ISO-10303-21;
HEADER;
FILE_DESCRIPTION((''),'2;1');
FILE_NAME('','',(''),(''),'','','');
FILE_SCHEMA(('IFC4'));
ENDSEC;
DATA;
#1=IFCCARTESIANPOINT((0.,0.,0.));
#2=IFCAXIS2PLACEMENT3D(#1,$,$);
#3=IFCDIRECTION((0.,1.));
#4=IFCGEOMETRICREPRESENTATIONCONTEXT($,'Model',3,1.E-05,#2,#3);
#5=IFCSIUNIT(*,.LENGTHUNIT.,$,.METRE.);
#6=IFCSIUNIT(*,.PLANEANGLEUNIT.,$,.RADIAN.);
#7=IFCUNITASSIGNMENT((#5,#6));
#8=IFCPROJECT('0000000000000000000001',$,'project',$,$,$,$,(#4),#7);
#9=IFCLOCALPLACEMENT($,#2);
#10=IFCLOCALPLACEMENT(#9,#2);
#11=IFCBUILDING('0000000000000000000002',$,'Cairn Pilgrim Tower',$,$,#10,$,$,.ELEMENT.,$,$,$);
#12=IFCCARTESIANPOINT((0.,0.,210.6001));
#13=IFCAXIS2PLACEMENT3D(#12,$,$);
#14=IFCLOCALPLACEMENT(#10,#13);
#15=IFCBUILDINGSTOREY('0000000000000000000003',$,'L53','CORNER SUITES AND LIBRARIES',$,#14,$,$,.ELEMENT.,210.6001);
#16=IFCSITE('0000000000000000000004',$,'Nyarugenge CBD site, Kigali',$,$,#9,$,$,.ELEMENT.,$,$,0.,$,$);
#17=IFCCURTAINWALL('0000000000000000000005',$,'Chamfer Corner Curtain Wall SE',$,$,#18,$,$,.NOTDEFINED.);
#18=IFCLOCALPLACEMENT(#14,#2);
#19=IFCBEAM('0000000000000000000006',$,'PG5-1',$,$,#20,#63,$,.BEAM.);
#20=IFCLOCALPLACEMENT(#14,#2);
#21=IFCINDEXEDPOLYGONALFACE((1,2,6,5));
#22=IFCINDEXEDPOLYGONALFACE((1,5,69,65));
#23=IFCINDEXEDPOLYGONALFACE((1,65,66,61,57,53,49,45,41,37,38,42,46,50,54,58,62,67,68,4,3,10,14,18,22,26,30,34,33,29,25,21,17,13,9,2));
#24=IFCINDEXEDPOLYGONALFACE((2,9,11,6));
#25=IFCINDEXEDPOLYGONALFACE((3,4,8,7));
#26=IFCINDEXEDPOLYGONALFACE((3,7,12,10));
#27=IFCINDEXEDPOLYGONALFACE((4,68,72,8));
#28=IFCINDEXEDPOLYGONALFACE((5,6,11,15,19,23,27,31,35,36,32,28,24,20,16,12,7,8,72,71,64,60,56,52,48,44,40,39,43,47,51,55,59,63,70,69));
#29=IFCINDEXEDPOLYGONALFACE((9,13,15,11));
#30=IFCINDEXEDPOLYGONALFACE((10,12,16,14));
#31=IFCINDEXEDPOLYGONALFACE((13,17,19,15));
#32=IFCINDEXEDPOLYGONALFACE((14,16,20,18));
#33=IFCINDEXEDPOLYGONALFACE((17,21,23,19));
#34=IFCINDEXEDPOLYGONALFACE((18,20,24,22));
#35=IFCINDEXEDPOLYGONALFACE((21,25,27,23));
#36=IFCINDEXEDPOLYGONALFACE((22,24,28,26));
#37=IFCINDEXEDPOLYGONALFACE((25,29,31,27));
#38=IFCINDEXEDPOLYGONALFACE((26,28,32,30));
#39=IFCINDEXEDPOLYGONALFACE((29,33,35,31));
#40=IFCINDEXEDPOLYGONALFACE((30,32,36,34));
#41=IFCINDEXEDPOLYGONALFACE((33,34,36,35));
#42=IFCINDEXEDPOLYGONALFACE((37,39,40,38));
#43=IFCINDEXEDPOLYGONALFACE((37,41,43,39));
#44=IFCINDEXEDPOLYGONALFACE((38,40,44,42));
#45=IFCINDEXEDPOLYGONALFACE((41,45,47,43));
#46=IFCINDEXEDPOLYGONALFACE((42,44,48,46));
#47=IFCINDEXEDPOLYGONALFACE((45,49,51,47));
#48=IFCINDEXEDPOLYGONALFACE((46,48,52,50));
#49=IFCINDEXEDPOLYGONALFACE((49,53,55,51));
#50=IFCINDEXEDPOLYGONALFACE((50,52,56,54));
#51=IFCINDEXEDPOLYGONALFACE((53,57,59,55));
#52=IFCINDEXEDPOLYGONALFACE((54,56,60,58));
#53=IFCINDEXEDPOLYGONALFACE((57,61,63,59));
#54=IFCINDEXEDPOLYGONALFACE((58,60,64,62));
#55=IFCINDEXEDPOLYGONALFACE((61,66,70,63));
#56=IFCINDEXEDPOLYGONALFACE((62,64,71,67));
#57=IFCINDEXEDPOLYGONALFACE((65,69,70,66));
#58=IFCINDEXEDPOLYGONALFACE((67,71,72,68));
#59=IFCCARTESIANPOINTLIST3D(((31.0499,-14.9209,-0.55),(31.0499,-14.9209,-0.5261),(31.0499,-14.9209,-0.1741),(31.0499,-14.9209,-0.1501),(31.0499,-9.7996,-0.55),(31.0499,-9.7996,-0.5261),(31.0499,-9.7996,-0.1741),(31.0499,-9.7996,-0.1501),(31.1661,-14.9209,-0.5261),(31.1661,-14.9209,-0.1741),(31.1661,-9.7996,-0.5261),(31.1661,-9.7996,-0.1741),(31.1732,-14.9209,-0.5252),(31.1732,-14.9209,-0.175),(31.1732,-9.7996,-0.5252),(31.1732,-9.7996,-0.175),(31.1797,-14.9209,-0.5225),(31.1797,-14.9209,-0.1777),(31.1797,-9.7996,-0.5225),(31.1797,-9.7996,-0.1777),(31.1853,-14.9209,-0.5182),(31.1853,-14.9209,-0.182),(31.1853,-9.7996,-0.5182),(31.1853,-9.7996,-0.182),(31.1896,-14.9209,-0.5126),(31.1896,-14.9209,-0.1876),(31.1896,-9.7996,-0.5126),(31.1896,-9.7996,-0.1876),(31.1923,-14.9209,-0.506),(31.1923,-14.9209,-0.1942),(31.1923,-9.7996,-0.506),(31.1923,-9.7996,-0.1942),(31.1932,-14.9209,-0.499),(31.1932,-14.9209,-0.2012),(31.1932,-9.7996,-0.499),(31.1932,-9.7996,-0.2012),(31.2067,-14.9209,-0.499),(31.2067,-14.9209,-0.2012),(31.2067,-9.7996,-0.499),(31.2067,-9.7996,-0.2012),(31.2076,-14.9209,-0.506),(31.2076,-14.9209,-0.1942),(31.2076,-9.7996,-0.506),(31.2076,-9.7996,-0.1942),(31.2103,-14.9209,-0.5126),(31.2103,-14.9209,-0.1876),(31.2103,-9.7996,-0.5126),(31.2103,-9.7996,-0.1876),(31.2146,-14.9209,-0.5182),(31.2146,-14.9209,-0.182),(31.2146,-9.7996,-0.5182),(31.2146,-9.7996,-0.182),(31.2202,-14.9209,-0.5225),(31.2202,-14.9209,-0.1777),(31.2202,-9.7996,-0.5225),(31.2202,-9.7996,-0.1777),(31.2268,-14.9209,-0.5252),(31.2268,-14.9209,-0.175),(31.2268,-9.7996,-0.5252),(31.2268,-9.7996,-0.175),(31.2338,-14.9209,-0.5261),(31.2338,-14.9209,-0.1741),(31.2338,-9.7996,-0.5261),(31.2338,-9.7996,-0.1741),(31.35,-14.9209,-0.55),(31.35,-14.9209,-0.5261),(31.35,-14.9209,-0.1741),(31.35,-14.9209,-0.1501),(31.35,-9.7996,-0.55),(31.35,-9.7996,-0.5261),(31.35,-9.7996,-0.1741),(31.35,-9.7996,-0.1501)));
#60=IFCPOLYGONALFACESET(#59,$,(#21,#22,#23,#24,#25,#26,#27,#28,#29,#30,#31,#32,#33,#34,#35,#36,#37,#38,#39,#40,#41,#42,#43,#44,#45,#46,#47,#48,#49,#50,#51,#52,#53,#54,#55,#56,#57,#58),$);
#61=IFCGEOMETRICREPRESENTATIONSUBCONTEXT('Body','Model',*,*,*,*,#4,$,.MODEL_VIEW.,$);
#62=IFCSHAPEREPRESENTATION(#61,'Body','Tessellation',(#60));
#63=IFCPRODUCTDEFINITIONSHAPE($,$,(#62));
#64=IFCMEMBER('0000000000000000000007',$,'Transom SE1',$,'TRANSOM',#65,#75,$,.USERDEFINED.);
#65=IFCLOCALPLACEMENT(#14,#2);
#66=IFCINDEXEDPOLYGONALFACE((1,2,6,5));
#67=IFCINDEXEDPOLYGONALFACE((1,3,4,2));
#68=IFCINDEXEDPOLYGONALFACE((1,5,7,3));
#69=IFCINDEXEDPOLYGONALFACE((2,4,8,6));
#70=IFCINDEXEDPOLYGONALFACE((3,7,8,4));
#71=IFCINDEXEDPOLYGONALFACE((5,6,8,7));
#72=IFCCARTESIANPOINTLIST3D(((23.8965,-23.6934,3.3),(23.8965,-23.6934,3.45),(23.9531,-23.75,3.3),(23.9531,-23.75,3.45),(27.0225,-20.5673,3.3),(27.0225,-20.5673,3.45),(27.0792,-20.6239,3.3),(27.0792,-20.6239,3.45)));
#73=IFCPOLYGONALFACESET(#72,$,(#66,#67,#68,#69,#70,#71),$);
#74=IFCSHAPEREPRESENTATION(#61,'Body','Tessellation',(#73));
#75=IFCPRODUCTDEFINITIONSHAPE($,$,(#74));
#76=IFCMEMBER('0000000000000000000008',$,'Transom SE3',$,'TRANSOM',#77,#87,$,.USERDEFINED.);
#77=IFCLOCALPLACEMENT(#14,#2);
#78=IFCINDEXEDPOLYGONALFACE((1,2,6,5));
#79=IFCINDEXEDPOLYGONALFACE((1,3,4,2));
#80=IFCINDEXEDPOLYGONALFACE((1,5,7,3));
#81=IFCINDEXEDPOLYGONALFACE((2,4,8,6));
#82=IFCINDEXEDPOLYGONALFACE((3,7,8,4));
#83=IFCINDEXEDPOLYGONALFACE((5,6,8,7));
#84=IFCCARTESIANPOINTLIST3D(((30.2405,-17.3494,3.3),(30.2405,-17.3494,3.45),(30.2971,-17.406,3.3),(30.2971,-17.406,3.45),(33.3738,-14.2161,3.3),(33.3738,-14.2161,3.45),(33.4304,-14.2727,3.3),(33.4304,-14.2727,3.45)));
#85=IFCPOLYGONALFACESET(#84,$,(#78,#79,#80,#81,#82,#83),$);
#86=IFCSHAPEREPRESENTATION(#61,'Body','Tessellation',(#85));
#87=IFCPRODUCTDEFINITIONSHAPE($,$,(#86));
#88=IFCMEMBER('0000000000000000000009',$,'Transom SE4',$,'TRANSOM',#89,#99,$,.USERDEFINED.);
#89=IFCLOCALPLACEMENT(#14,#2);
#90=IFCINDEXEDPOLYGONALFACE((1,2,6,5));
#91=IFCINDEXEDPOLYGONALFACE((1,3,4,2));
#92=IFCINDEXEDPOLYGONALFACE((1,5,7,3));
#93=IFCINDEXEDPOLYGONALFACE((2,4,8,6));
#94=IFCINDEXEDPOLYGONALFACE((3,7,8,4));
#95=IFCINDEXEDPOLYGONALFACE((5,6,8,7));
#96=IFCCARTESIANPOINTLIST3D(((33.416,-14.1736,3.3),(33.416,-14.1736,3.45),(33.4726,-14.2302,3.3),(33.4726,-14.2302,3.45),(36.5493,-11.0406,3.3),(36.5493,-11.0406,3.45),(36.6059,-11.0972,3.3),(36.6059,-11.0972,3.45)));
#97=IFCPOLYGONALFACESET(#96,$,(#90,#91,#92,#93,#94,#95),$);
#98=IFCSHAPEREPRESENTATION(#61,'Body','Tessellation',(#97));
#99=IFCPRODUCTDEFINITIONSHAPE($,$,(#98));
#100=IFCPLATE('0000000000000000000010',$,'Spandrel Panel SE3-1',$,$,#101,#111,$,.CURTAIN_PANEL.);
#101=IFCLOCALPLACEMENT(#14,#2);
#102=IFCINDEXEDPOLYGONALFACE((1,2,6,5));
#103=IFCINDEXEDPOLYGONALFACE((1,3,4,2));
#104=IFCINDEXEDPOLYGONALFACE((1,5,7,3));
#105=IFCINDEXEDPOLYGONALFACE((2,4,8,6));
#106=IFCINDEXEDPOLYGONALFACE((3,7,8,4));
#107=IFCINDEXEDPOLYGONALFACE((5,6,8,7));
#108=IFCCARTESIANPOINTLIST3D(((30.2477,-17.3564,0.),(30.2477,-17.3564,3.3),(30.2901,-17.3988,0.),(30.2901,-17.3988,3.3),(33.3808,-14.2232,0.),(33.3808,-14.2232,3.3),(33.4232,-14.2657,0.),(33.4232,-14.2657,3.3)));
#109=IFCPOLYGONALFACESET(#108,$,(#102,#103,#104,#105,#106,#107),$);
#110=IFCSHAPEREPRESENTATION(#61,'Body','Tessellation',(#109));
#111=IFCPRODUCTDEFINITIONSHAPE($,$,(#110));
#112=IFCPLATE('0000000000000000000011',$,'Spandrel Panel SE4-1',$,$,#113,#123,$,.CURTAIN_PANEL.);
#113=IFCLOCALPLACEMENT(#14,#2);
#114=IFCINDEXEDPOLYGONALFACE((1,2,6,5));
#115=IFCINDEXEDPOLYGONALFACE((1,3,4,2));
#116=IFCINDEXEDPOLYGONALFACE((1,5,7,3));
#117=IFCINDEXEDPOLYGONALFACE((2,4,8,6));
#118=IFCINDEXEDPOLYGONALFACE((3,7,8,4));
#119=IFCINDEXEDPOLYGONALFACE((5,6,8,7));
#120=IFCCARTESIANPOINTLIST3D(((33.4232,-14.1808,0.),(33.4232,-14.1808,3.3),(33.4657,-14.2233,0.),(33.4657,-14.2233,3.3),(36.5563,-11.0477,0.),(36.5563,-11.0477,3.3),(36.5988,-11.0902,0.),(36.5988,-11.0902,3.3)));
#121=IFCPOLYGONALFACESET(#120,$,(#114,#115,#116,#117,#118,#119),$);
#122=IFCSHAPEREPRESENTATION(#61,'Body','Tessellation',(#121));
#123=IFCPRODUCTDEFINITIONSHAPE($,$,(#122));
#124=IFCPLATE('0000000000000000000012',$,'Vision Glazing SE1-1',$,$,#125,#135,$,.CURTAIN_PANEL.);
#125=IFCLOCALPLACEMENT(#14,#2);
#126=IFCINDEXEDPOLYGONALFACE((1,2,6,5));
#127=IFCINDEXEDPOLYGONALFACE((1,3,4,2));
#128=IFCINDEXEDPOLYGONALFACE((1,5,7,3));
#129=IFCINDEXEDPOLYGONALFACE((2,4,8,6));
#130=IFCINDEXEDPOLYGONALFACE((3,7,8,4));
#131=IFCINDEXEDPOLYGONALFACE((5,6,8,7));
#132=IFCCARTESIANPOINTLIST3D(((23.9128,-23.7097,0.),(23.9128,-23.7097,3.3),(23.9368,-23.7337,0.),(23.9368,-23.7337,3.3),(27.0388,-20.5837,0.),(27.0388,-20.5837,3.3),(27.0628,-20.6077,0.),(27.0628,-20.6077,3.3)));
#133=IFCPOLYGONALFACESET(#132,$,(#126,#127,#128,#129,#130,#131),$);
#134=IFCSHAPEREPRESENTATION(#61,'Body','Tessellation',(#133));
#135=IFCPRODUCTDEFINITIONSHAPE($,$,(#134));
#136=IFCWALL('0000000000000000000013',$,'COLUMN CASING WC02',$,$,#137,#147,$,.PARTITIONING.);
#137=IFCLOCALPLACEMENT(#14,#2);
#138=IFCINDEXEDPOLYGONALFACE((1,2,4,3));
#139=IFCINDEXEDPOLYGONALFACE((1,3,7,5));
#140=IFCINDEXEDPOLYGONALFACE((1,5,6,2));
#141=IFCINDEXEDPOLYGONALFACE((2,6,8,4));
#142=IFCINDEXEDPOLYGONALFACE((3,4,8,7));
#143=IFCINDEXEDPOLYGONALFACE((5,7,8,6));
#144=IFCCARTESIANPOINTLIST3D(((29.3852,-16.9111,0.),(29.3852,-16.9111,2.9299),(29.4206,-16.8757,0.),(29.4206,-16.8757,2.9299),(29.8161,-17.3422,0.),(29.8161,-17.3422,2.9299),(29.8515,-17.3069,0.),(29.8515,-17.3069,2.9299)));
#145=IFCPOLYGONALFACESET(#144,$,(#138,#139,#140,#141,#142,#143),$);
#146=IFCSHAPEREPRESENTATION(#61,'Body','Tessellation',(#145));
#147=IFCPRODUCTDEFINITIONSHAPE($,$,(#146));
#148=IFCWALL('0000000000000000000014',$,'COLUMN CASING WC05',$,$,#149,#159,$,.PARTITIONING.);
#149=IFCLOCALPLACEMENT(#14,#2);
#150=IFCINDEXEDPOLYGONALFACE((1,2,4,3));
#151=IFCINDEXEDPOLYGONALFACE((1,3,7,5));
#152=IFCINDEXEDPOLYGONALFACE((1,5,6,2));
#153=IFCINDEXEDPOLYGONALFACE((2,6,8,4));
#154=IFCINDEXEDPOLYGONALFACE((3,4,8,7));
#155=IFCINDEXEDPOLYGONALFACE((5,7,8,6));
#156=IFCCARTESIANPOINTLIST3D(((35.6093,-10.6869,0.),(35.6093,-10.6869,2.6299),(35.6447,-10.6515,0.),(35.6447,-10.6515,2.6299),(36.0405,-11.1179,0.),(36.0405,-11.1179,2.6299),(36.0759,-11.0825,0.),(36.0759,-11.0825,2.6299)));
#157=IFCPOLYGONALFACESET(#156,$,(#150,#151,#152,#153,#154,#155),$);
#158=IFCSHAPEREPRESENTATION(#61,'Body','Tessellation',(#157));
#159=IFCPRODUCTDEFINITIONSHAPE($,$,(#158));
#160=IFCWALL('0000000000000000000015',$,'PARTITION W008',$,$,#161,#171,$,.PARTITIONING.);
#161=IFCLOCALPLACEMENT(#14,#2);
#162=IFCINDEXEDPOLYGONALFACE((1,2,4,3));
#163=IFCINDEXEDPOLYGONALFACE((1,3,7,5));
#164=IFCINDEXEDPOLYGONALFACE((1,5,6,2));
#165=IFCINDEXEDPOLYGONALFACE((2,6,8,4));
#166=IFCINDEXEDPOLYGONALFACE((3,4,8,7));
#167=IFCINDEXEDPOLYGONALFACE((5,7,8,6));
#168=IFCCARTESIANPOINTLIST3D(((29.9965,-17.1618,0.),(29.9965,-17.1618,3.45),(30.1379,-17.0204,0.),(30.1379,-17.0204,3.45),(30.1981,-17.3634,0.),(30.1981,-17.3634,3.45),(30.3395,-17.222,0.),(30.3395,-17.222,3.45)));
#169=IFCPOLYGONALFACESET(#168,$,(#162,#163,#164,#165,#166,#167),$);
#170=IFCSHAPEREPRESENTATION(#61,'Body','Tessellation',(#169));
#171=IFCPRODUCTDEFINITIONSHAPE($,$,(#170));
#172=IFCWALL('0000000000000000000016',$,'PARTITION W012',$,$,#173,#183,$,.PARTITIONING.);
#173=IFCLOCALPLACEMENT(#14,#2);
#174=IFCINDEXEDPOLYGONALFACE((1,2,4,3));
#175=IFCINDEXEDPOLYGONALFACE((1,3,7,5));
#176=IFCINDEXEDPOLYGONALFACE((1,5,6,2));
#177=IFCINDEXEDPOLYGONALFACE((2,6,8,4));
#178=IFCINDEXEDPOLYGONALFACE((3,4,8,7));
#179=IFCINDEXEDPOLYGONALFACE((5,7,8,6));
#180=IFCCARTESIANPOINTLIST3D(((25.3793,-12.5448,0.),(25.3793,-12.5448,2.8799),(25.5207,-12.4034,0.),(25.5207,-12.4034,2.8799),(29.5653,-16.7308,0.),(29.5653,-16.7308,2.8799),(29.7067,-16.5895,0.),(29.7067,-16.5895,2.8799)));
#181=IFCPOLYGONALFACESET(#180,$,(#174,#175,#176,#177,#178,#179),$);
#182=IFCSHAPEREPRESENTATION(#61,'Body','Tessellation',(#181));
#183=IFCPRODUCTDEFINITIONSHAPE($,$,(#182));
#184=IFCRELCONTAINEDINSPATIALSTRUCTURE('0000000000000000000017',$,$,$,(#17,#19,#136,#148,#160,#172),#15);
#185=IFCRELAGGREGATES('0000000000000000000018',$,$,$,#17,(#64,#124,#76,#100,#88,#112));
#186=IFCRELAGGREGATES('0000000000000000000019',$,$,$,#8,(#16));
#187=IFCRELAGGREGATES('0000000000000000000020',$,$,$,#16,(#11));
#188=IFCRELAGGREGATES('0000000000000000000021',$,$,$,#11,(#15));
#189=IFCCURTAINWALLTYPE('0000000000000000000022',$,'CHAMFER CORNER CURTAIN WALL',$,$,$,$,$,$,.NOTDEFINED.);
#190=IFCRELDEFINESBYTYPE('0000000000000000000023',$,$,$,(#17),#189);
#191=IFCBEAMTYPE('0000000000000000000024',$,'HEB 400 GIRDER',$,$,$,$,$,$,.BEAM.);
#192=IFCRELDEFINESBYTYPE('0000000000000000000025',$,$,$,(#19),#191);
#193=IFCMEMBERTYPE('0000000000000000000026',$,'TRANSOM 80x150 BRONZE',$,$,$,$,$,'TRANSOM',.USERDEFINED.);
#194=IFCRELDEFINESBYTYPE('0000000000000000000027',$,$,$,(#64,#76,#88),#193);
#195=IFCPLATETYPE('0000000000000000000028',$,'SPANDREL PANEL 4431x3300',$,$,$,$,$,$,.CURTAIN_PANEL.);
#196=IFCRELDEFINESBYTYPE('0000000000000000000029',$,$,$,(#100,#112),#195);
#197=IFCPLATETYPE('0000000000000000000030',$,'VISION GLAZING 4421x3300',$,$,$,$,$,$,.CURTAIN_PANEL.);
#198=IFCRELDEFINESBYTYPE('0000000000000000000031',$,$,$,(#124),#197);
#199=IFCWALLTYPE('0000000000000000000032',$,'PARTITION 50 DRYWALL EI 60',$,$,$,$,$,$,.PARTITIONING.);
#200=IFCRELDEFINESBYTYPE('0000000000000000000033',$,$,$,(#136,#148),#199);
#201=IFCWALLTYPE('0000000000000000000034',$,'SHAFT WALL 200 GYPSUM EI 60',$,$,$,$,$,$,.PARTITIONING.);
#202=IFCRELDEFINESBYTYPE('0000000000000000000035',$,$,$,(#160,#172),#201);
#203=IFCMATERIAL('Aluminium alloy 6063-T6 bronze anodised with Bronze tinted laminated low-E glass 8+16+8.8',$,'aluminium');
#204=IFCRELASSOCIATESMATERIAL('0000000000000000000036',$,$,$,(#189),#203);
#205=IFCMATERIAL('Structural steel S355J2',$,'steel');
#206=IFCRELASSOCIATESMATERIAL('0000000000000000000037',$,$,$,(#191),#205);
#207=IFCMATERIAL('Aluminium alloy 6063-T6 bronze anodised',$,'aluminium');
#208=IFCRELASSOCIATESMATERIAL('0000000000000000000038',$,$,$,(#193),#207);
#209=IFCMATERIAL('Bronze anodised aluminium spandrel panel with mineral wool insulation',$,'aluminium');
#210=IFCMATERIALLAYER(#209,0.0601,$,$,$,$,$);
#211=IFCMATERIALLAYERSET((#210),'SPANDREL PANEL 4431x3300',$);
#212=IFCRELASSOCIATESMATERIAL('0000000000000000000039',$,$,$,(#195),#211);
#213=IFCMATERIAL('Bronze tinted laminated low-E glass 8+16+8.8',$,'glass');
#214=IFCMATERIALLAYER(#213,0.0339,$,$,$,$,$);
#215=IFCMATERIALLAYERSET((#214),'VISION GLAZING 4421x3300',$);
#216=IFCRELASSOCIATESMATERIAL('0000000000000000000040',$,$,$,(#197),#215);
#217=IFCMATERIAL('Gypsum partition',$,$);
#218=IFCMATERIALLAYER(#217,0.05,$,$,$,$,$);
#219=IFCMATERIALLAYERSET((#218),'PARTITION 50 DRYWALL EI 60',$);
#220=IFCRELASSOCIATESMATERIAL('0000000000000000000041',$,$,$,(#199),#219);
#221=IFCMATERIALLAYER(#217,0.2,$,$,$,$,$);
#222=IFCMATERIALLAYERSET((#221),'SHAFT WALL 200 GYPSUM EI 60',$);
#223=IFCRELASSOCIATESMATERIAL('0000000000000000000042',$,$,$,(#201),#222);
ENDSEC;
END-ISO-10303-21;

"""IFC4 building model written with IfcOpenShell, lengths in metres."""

from ifc_helpers import new_model, si_unit, direction, frame, frame_2d, origin, origin_2d, place, context, subcontext, project, spatial, rectangle, i_section, extrude, material, layer, layer_set, material_profile, profile_set, type_object, element, aggregate, save


model = new_model("IFC4")

# Units and contexts
model_context = context("Model", 3, precision=1e-05, world=origin(), true_north=direction((0.0, 1.0)))
body_context = subcontext(model_context, "Body", "Model", "MODEL_VIEW")
ifc_project = project(units=[si_unit("LENGTHUNIT", "METRE"), si_unit("PLANEANGLEUNIT", "RADIAN")], contexts=[model_context])

# Site, building, storey
site_placement = place(None, origin())
site = spatial("IfcSite", under=ifc_project, at=site_placement, Name="Nyarugenge CBD site, Kigali", CompositionType="ELEMENT", RefElevation=0.0)
building_placement = place(site_placement, origin())
building = spatial("IfcBuilding", under=site, at=building_placement, Name="Cairn Pilgrim Tower", CompositionType="ELEMENT")
storey_placement = place(building_placement, frame((0.0, 0.0, 210.6001)))
storey = spatial("IfcBuildingStorey", under=building, at=storey_placement, Name="L53", Description="CORNER SUITES AND LIBRARIES", CompositionType="ELEMENT", Elevation=210.6001)

# Curtain wall
ifc_material_1 = material(Name="Aluminium alloy 6063-T6 bronze anodised with Bronze tinted laminated low-E glass 8+16+8.8", Category="aluminium")
curtain_wall_type = type_object("IfcCurtainWallType", Name="CHAMFER CORNER CURTAIN WALL", PredefinedType="NOTDEFINED", material=ifc_material_1)
curtain_wall_placement = place(storey_placement, origin())
curtain_wall = element("IfcCurtainWall", 1, at=curtain_wall_placement, inside=storey, type_object=curtain_wall_type, Name="Chamfer Corner Curtain Wall SE", PredefinedType="NOTDEFINED")
ifc_material_2 = material(Name="Aluminium alloy 6063-T6 bronze anodised", Category="aluminium")

# Beam
ifc_material_3 = material(Name="Structural steel S355J2", Category="steel")
ifc_material_profile_1 = material_profile(ifc_material_3, i_section(OverallWidth=0.3, OverallDepth=0.3999, WebThickness=0.0134, FlangeThickness=0.0239, FilletRadius=0.0271, at=origin_2d()), Name="HEB 400")
ifc_profile_set_1 = profile_set([ifc_material_profile_1], Name="Structural steel S355J2")
beam_type = type_object("IfcBeamType", Name="HEB 400 GIRDER", PredefinedType="BEAM", material=ifc_profile_set_1)
beam_placement = place(storey_placement, frame((31.2, -14.9209, -0.3501), z_axis=(0.0, 1.0, 0.0), x_axis=(-1.0, 0.0, 0.0)))
element("IfcBeam", 2, at=beam_placement, inside=storey, type_object=beam_type, Name="PG5-1", PredefinedType="BEAM", context=body_context, shape_type="SweptSolid", body=[
    extrude(i_section(OverallWidth=0.3, OverallDepth=0.3999, WebThickness=0.0134, FlangeThickness=0.0239, FilletRadius=0.0271, at=origin_2d()), origin(), (0.0, 0.0, 1.0), 5.1213),
])

# Members
ifc_material_profile_2 = material_profile(ifc_material_2, rectangle(XDim=0.0801, YDim=0.1499, at=origin_2d()), Name="TRANSOM 80x150 BRONZE")
ifc_profile_set_2 = profile_set([ifc_material_profile_2], Name="Aluminium alloy 6063-T6 bronze anodised")
member_type_1 = type_object("IfcMemberType", Name="TRANSOM 80x150 BRONZE", ElementType="TRANSOM", PredefinedType="USERDEFINED", material=ifc_profile_set_2)
member_1_placement = place(storey_placement, frame((23.9248, -23.7217, 3.375), z_axis=(0.707107, 0.707107, 0.0), x_axis=(-0.707107, 0.707107, 0.0)))
member_1 = element("IfcMember", 3, at=member_1_placement, type_object=member_type_1, Name="Transom SE1", ObjectType="TRANSOM", PredefinedType="USERDEFINED", context=body_context, shape_type="SweptSolid", body=[
    extrude(rectangle(XDim=0.0801, YDim=0.1499, at=origin_2d()), origin(), (0.0, 0.0, 1.0), 4.4209),
])
member_2_placement = place(storey_placement, frame((30.2688, -17.3777, 3.375), z_axis=(0.707107, 0.707107, 0.0), x_axis=(-0.707107, 0.707107, 0.0)))
member_2 = element("IfcMember", 4, at=member_2_placement, type_object=member_type_1, Name="Transom SE3", ObjectType="TRANSOM", PredefinedType="USERDEFINED", context=body_context, shape_type="SweptSolid", body=[
    extrude(rectangle(XDim=0.0801, YDim=0.1499, at=origin_2d()), origin(), (0.0, 0.0, 1.0), 4.4312),
])
member_3_placement = place(storey_placement, frame((33.4443, -14.2019, 3.375), z_axis=(0.707134, 0.707079, 0.0), x_axis=(-0.707079, 0.707134, 0.0)))
member_3 = element("IfcMember", 5, at=member_3_placement, type_object=member_type_1, Name="Transom SE4", ObjectType="TRANSOM", PredefinedType="USERDEFINED", context=body_context, shape_type="SweptSolid", body=[
    extrude(rectangle(XDim=0.0801, YDim=0.1499, at=origin_2d()), origin(), (0.0, 0.0, 1.0), 4.4309),
])

# Plates
ifc_material_4 = material(Name="Bronze anodised aluminium spandrel panel with mineral wool insulation", Category="aluminium")
ifc_layer_1 = layer(ifc_material_4, 0.0601)
ifc_layer_set_1 = layer_set([ifc_layer_1], Name="SPANDREL PANEL 4431x3300")
plate_type_1 = type_object("IfcPlateType", Name="SPANDREL PANEL 4431x3300", PredefinedType="CURTAIN_PANEL", material=ifc_layer_set_1)
plate_1_placement = place(storey_placement, frame((31.8354, -15.811, 0.0), z_axis=(0.0, 0.0, 1.0), x_axis=(0.707107, 0.707107, 0.0)))
plate_1 = element("IfcPlate", 6, at=plate_1_placement, type_object=plate_type_1, Name="Spandrel Panel SE3-1", PredefinedType="CURTAIN_PANEL", context=body_context, shape_type="SweptSolid", body=[
    extrude(rectangle(XDim=4.4309, YDim=0.0601, at=origin_2d()), origin(), (0.0, 0.0, 1.0), 3.3),
])
plate_2_placement = place(storey_placement, frame((35.011, -12.6355, 0.0), z_axis=(0.0, 0.0, 1.0), x_axis=(0.707107, 0.707107, 0.0)))
plate_2 = element("IfcPlate", 7, at=plate_2_placement, type_object=plate_type_1, Name="Spandrel Panel SE4-1", PredefinedType="CURTAIN_PANEL", context=body_context, shape_type="SweptSolid", body=[
    extrude(rectangle(XDim=4.4309, YDim=0.0601, at=origin_2d()), origin(), (0.0, 0.0, 1.0), 3.3),
])
ifc_material_5 = material(Name="Bronze tinted laminated low-E glass 8+16+8.8", Category="glass")
ifc_layer_2 = layer(ifc_material_5, 0.0339)
ifc_layer_set_2 = layer_set([ifc_layer_2], Name="VISION GLAZING 4421x3300")
plate_type_2 = type_object("IfcPlateType", Name="VISION GLAZING 4421x3300", PredefinedType="CURTAIN_PANEL", material=ifc_layer_set_2)
plate_3_placement = place(storey_placement, frame((25.4878, -22.1587, 0.0), z_axis=(0.0, 0.0, 1.0), x_axis=(0.707107, 0.707107, 0.0)))
plate_3 = element("IfcPlate", 8, at=plate_3_placement, type_object=plate_type_2, Name="Vision Glazing SE1-1", PredefinedType="CURTAIN_PANEL", context=body_context, shape_type="SweptSolid", body=[
    extrude(rectangle(XDim=4.4209, YDim=0.0339, at=origin_2d()), origin(), (0.0, 0.0, 1.0), 3.3),
])
aggregate(curtain_wall, [member_1, plate_3, member_2, plate_1, member_3, plate_2])

# Walls
ifc_material_6 = material(Name="Gypsum partition")
ifc_layer_3 = layer(ifc_material_6, 0.05)
ifc_layer_set_3 = layer_set([ifc_layer_3], Name="PARTITION 50 DRYWALL EI 60")
wall_type_1 = type_object("IfcWallType", Name="PARTITION 50 DRYWALL EI 60", PredefinedType="PARTITIONING", material=ifc_layer_set_3)
wall_1_placement = place(storey_placement, frame((29.8337, -17.3245, 0.0), z_axis=(0.0, 0.0, 1.0), x_axis=(-0.706906, 0.707307, 0.0)))
element("IfcWall", 9, at=wall_1_placement, inside=storey, type_object=wall_type_1, Name="COLUMN CASING WC02", PredefinedType="PARTITIONING", context=body_context, shape_type="SweptSolid", body=[
    extrude(rectangle(XDim=0.6096, YDim=0.05, at=frame_2d((0.3047, 0.0))), origin(), (0.0, 0.0, 1.0), 2.9299),
])
wall_2_placement = place(storey_placement, frame((36.0581, -11.1001, 0.0), z_axis=(0.0, 0.0, 1.0), x_axis=(-0.707307, 0.706906, 0.0)))
element("IfcWall", 10, at=wall_2_placement, inside=storey, type_object=wall_type_1, Name="COLUMN CASING WC05", PredefinedType="PARTITIONING", context=body_context, shape_type="SweptSolid", body=[
    extrude(rectangle(XDim=0.6096, YDim=0.05, at=frame_2d((0.3047, 0.0))), origin(), (0.0, 0.0, 1.0), 2.6299),
])
ifc_layer_4 = layer(ifc_material_6, 0.2)
ifc_layer_set_4 = layer_set([ifc_layer_4], Name="SHAFT WALL 200 GYPSUM EI 60")
wall_type_2 = type_object("IfcWallType", Name="SHAFT WALL 200 GYPSUM EI 60", PredefinedType="PARTITIONING", material=ifc_layer_set_4)
wall_3_placement = place(storey_placement, frame((30.2688, -17.2927, 0.0), z_axis=(0.0, 0.0, 1.0), x_axis=(-0.707107, 0.707107, 0.0)))
element("IfcWall", 11, at=wall_3_placement, inside=storey, type_object=wall_type_2, Name="PARTITION W008", PredefinedType="PARTITIONING", context=body_context, shape_type="SweptSolid", body=[
    extrude(rectangle(XDim=0.2852, YDim=0.2, at=frame_2d((0.1426, 0.0))), origin(), (0.0, 0.0, 1.0), 3.45),
])
wall_4_placement = place(storey_placement, frame((29.636, -16.6602, 0.0), z_axis=(0.0, 0.0, 1.0), x_axis=(-0.707107, 0.707107, 0.0)))
element("IfcWall", 12, at=wall_4_placement, inside=storey, type_object=wall_type_2, Name="PARTITION W012", PredefinedType="PARTITIONING", context=body_context, shape_type="SweptSolid", body=[
    extrude(rectangle(XDim=5.9199, YDim=0.2, at=frame_2d((2.96, 0.0))), origin(), (0.0, 0.0, 1.0), 2.8799),
])

save(model, "model.ifc")
